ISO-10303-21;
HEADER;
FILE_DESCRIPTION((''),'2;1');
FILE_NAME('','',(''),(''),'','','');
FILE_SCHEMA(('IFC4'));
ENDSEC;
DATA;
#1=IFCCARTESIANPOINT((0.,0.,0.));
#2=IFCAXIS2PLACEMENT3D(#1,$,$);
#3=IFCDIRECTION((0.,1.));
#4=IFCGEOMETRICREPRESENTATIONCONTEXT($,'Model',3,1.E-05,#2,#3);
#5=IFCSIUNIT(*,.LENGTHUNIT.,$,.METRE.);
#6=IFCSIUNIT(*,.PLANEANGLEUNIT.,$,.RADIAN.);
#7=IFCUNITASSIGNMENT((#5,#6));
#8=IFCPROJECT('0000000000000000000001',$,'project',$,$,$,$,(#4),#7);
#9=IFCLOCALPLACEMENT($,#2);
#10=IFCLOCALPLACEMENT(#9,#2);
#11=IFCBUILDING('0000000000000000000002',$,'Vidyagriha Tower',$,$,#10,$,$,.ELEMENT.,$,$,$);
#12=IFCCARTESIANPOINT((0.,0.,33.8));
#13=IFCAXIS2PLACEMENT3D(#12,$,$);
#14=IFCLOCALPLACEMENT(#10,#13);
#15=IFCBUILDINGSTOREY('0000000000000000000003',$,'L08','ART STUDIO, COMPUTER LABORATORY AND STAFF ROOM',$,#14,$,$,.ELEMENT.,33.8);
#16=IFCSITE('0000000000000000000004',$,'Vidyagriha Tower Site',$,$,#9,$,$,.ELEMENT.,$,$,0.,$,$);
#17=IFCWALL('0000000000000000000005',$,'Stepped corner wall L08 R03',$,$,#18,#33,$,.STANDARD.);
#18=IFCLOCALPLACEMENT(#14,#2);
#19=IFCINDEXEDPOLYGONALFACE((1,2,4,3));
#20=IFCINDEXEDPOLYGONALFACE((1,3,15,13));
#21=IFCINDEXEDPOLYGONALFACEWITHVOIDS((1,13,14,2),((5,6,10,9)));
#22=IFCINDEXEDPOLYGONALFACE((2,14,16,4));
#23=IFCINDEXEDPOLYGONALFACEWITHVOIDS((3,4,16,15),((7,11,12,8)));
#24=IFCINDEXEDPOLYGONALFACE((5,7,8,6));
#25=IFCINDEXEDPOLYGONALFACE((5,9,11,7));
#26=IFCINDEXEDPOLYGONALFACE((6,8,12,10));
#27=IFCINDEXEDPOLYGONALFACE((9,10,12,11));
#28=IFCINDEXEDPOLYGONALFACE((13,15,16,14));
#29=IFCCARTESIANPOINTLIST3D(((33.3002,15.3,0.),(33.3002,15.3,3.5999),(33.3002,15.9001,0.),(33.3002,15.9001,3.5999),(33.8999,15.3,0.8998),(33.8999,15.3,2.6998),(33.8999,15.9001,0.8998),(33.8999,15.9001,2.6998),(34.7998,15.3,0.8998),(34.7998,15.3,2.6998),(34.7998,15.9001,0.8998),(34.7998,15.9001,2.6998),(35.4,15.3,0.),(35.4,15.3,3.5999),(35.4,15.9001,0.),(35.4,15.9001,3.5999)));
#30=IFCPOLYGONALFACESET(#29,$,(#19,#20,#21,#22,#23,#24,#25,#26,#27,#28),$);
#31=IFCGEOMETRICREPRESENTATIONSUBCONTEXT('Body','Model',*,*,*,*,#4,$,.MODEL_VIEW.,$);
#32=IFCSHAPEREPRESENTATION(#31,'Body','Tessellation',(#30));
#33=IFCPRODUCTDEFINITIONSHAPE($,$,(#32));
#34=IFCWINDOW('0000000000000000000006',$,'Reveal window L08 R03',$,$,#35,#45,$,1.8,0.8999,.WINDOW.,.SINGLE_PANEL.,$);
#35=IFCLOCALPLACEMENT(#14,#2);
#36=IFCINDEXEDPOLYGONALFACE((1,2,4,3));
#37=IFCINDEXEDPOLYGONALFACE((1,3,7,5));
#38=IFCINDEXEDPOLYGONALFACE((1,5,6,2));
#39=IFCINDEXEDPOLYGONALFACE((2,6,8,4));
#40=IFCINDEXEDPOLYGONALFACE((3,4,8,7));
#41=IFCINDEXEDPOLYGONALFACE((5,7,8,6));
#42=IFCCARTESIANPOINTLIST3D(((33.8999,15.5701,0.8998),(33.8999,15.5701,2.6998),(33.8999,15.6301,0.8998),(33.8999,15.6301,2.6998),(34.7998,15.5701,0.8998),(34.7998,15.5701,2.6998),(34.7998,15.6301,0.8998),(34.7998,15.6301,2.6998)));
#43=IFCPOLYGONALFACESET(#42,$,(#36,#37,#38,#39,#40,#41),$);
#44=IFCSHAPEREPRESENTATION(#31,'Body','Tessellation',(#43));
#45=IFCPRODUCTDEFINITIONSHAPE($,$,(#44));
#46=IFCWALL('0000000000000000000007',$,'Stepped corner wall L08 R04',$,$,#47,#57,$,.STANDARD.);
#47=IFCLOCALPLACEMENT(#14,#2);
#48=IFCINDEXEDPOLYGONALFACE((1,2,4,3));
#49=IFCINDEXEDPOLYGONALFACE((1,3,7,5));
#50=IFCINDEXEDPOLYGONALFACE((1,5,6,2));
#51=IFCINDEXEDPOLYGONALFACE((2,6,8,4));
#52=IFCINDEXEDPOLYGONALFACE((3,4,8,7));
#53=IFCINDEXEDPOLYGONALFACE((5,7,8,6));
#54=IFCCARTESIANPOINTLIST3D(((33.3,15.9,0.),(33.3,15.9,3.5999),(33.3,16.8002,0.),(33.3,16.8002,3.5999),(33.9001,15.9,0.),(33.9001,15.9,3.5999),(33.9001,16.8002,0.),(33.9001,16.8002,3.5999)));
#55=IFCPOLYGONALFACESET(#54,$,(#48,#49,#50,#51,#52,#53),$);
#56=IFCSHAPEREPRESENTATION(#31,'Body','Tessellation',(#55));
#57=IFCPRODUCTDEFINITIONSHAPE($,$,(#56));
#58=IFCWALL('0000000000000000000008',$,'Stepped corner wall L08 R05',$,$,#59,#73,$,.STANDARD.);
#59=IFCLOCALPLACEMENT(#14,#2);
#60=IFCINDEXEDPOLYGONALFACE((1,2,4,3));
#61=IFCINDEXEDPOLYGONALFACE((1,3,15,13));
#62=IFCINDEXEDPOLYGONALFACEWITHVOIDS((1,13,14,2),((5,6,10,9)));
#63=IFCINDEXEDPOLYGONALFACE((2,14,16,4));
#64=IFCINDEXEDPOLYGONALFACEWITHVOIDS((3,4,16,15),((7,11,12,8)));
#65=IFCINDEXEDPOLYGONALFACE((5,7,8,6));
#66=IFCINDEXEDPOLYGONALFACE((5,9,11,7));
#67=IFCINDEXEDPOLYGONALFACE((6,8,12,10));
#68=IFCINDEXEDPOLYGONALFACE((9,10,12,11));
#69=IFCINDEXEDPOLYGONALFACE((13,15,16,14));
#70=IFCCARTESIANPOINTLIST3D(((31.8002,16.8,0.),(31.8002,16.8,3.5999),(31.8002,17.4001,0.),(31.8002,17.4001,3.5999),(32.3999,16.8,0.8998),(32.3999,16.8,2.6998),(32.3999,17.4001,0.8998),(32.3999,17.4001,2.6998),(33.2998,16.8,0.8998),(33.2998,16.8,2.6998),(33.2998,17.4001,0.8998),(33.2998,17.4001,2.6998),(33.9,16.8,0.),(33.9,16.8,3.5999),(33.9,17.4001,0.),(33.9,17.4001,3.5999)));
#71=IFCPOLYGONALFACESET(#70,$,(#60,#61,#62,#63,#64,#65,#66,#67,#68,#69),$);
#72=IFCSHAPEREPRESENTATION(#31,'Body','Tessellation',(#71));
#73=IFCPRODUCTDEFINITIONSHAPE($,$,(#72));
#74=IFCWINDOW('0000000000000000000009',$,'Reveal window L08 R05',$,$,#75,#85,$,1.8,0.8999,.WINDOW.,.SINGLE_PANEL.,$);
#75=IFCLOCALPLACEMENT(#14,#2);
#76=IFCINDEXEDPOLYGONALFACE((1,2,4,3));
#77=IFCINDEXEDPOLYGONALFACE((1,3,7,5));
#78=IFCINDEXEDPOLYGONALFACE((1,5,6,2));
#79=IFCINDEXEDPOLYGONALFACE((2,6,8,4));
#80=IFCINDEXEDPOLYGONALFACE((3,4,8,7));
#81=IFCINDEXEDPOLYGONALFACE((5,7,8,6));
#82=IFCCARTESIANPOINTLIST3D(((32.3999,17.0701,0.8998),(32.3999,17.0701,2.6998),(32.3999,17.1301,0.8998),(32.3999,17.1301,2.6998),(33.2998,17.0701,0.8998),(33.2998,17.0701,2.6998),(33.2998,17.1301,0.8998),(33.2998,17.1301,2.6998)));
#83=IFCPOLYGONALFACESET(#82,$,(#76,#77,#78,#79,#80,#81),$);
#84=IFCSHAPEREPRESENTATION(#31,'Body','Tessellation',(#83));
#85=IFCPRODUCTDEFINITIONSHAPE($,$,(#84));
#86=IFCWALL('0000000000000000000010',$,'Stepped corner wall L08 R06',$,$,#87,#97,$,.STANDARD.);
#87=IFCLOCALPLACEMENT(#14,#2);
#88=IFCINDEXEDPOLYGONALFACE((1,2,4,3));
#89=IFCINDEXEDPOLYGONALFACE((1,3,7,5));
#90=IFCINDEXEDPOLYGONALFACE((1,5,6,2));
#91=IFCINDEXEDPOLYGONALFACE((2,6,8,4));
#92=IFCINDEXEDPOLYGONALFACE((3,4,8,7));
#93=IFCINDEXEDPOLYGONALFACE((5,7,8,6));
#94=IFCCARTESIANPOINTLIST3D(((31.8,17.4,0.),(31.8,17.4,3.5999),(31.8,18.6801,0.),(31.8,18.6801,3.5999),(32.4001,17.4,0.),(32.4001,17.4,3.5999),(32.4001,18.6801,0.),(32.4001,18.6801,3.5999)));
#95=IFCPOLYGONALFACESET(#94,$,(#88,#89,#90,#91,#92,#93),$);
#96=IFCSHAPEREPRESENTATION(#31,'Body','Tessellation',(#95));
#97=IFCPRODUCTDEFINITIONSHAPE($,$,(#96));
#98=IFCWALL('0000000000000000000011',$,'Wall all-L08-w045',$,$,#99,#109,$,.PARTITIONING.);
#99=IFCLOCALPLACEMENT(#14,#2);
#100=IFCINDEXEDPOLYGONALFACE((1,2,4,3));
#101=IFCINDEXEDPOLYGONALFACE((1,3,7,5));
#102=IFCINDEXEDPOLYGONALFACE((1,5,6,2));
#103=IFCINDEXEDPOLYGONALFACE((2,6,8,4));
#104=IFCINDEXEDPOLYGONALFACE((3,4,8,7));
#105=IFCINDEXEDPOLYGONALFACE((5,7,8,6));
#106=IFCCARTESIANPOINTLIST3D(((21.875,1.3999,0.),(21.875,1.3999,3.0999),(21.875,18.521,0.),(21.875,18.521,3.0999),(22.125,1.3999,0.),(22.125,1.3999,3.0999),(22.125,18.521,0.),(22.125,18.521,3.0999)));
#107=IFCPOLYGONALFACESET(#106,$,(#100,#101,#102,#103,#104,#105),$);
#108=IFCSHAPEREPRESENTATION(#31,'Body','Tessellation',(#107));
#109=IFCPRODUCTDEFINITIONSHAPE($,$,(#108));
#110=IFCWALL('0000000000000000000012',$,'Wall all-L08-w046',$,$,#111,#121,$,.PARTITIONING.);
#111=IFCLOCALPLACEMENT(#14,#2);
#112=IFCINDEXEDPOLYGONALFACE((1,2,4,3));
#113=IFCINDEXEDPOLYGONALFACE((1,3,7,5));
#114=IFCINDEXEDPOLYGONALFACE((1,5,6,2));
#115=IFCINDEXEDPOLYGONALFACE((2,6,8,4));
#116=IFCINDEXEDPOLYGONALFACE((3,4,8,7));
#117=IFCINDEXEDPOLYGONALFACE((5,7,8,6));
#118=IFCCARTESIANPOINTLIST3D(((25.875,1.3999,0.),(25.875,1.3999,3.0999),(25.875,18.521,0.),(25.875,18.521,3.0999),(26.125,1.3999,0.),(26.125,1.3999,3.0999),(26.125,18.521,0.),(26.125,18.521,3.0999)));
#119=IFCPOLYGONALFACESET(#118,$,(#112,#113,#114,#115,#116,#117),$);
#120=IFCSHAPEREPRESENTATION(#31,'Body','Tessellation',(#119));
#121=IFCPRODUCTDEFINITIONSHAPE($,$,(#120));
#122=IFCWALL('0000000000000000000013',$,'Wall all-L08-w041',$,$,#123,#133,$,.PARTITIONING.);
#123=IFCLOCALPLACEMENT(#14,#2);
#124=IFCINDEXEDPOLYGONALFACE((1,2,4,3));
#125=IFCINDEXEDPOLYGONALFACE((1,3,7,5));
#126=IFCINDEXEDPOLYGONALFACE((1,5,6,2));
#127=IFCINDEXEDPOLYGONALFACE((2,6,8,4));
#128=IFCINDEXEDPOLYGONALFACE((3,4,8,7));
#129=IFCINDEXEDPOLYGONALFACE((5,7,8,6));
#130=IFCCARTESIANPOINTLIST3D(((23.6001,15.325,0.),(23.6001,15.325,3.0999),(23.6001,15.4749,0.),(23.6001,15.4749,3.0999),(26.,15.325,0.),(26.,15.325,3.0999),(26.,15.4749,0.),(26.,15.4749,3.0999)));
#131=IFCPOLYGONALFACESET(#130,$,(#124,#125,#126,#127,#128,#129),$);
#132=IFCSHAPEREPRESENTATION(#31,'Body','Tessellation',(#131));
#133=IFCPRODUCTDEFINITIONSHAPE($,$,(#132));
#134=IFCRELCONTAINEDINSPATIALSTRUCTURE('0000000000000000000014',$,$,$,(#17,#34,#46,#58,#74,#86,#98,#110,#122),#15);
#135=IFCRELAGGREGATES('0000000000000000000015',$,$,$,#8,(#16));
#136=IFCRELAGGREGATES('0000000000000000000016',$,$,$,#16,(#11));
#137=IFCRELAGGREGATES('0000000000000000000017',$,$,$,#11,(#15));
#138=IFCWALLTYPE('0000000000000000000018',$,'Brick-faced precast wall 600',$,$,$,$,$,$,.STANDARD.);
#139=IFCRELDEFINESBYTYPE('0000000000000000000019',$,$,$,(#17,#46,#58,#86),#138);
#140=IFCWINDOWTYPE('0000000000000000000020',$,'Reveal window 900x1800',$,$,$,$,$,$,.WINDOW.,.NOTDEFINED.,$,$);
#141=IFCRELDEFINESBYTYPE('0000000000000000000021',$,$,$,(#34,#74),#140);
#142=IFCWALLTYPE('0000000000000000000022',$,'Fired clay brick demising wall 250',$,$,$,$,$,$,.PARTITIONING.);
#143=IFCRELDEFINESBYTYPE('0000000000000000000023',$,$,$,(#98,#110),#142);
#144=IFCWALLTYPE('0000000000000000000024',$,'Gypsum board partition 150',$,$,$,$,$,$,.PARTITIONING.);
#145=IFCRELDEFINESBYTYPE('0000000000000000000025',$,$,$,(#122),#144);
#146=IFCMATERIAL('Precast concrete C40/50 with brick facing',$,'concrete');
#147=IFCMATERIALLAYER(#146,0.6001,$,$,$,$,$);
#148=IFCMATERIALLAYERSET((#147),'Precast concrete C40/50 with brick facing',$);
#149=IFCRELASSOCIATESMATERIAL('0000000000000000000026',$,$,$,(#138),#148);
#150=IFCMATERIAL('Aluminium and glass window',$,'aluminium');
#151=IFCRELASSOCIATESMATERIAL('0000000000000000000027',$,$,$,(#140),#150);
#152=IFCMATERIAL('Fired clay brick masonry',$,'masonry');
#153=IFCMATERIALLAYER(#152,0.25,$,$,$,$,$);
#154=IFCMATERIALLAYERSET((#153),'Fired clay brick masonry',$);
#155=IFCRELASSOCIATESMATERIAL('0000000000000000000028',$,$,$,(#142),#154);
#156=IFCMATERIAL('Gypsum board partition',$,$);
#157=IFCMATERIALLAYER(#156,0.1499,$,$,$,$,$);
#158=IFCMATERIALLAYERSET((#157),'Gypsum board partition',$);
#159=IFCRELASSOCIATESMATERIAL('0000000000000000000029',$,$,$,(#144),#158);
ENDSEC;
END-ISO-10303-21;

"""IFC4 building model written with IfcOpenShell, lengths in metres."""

from ifc_helpers import new_model, si_unit, direction, frame, frame_2d, origin, place, context, subcontext, project, spatial, rectangle, extrude, material, layer, layer_set, type_object, element, fill, save


model = new_model("IFC4")

# Units and contexts
model_context = context("Model", 3, precision=1e-05, world=origin(), true_north=direction((0.0, 1.0)))
body_context = subcontext(model_context, "Body", "Model", "MODEL_VIEW")
ifc_project = project(units=[si_unit("LENGTHUNIT", "METRE"), si_unit("PLANEANGLEUNIT", "RADIAN")], contexts=[model_context])

# Site, building, storey
site_placement = place(None, origin())
site = spatial("IfcSite", under=ifc_project, at=site_placement, Name="Vidyagriha Tower Site", CompositionType="ELEMENT", RefElevation=0.0)
building_placement = place(site_placement, origin())
building = spatial("IfcBuilding", under=site, at=building_placement, Name="Vidyagriha Tower", CompositionType="ELEMENT")
storey_placement = place(building_placement, frame((0.0, 0.0, 33.8)))
storey = spatial("IfcBuildingStorey", under=building, at=storey_placement, Name="L08", Description="ART STUDIO, COMPUTER LABORATORY AND STAFF ROOM", CompositionType="ELEMENT", Elevation=33.8)

# Wall, opening, window
ifc_material_1 = material(Name="Precast concrete C40/50 with brick facing", Category="concrete")
ifc_layer_1 = layer(ifc_material_1, 0.6001)
ifc_layer_set_1 = layer_set([ifc_layer_1], Name="Precast concrete C40/50 with brick facing")
wall_type_1 = type_object("IfcWallType", Name="Brick-faced precast wall 600", PredefinedType="STANDARD", material=ifc_layer_set_1)
wall_1_placement = place(storey_placement, frame((35.3999, 15.6001, 0.0), z_axis=(0.0, 0.0, 1.0), x_axis=(-1.0, 0.0, 0.0)))
wall_1 = element("IfcWall", 1, at=wall_1_placement, inside=storey, type_object=wall_type_1, Name="Stepped corner wall L08 R03", PredefinedType="STANDARD", context=body_context, shape_type="SweptSolid", body=[
    extrude(rectangle(XDim=2.0999, YDim=0.6001, at=frame_2d((1.0498, 0.0))), origin(), (0.0, 0.0, 1.0), 3.5999),
])
opening_1_placement = place(wall_1_placement, frame((0.6001, 0.0, 0.8999)))
opening_1 = element("IfcOpeningElement", 2, at=opening_1_placement, cuts=wall_1, PredefinedType="OPENING", context=body_context, shape_type="SweptSolid", body=[
    extrude(rectangle(XDim=0.8999, YDim=1.8, at=frame_2d((0.45, 0.8999))), frame((0.0, 0.3101, 0.0), z_axis=(0.0, -1.0, 0.0), x_axis=(1.0, 0.0, 0.0)), (0.0, 0.0, 1.0), 0.6201),
])
ifc_material_2 = material(Name="Aluminium and glass window", Category="aluminium")
window_type = type_object("IfcWindowType", Name="Reveal window 900x1800", PartitioningType="NOTDEFINED", PredefinedType="WINDOW", material=ifc_material_2)
window_1_placement = place(opening_1_placement, origin())
window_1 = element("IfcWindow", 3, at=window_1_placement, inside=storey, type_object=window_type, Name="Reveal window L08 R03", OverallHeight=1.8, OverallWidth=0.8999, PartitioningType="SINGLE_PANEL", PredefinedType="WINDOW", context=body_context, shape_type="SweptSolid", body=[
    extrude(rectangle(XDim=0.8999, YDim=1.8, at=frame_2d((0.45, 0.8999))), frame((0.0, 0.03, 0.0), z_axis=(0.0, -1.0, 0.0), x_axis=(1.0, 0.0, 0.0)), (0.0, 0.0, 1.0), 0.0601),
])
fill(opening_1, window_1)

# Wall
wall_2_placement = place(storey_placement, frame((33.6001, 15.8999, 0.0), z_axis=(0.0, 0.0, 1.0), x_axis=(0.0, 1.0, 0.0)))
element("IfcWall", 4, at=wall_2_placement, inside=storey, type_object=wall_type_1, Name="Stepped corner wall L08 R04", PredefinedType="STANDARD", context=body_context, shape_type="SweptSolid", body=[
    extrude(rectangle(XDim=0.9001, YDim=0.6001, at=frame_2d((0.4502, 0.0))), origin(), (0.0, 0.0, 1.0), 3.5999),
])

# Wall, opening, window
wall_3_placement = place(storey_placement, frame((33.8999, 17.1001, 0.0), z_axis=(0.0, 0.0, 1.0), x_axis=(-1.0, 0.0, 0.0)))
wall_3 = element("IfcWall", 5, at=wall_3_placement, inside=storey, type_object=wall_type_1, Name="Stepped corner wall L08 R05", PredefinedType="STANDARD", context=body_context, shape_type="SweptSolid", body=[
    extrude(rectangle(XDim=2.0999, YDim=0.6001, at=frame_2d((1.0498, 0.0))), origin(), (0.0, 0.0, 1.0), 3.5999),
])
opening_2_placement = place(wall_3_placement, frame((0.6001, 0.0, 0.8999)))
opening_2 = element("IfcOpeningElement", 6, at=opening_2_placement, cuts=wall_3, PredefinedType="OPENING", context=body_context, shape_type="SweptSolid", body=[
    extrude(rectangle(XDim=0.8999, YDim=1.8, at=frame_2d((0.45, 0.8999))), frame((0.0, 0.3101, 0.0), z_axis=(0.0, -1.0, 0.0), x_axis=(1.0, 0.0, 0.0)), (0.0, 0.0, 1.0), 0.6201),
])
window_2_placement = place(opening_2_placement, origin())
window_2 = element("IfcWindow", 7, at=window_2_placement, inside=storey, type_object=window_type, Name="Reveal window L08 R05", OverallHeight=1.8, OverallWidth=0.8999, PartitioningType="SINGLE_PANEL", PredefinedType="WINDOW", context=body_context, shape_type="SweptSolid", body=[
    extrude(rectangle(XDim=0.8999, YDim=1.8, at=frame_2d((0.45, 0.8999))), frame((0.0, 0.03, 0.0), z_axis=(0.0, -1.0, 0.0), x_axis=(1.0, 0.0, 0.0)), (0.0, 0.0, 1.0), 0.0601),
])
fill(opening_2, window_2)

# Walls
wall_4_placement = place(storey_placement, frame((32.1001, 17.3999, 0.0), z_axis=(0.0, 0.0, 1.0), x_axis=(0.0, 1.0, 0.0)))
element("IfcWall", 8, at=wall_4_placement, inside=storey, type_object=wall_type_1, Name="Stepped corner wall L08 R06", PredefinedType="STANDARD", context=body_context, shape_type="SweptSolid", body=[
    extrude(rectangle(XDim=1.28, YDim=0.6001, at=frame_2d((0.6401, 0.0))), origin(), (0.0, 0.0, 1.0), 3.5999),
])
ifc_material_3 = material(Name="Fired clay brick masonry", Category="masonry")
ifc_layer_2 = layer(ifc_material_3, 0.25)
ifc_layer_set_2 = layer_set([ifc_layer_2], Name="Fired clay brick masonry")
wall_type_2 = type_object("IfcWallType", Name="Fired clay brick demising wall 250", PredefinedType="PARTITIONING", material=ifc_layer_set_2)
for number, where, z_axis, x_axis, name in (
    (9, (22.0, 18.521, 0.0), (0.0, 0.0, 1.0), (0.0, -1.0, 0.0), "Wall all-L08-w045"),
    (10, (26.0, 18.521, 0.0), (0.0, 0.0, 1.0), (0.0, -1.0, 0.0), "Wall all-L08-w046"),
):
    element("IfcWall", number, at=place(storey_placement, frame(where, z_axis=z_axis, x_axis=x_axis)), inside=storey, type_object=wall_type_2, Name=name, PredefinedType="PARTITIONING", context=body_context, shape_type="SweptSolid", body=[
        extrude(rectangle(XDim=17.1211, YDim=0.25, at=frame_2d((8.5605, 0.0))), origin(), (0.0, 0.0, 1.0), 3.0999),
    ])
ifc_material_4 = material(Name="Gypsum board partition")
ifc_layer_3 = layer(ifc_material_4, 0.1499)
ifc_layer_set_3 = layer_set([ifc_layer_3], Name="Gypsum board partition")
wall_type_3 = type_object("IfcWallType", Name="Gypsum board partition 150", PredefinedType="PARTITIONING", material=ifc_layer_set_3)
wall_5_placement = place(storey_placement, frame((23.6001, 15.3999, 0.0)))
element("IfcWall", 11, at=wall_5_placement, inside=storey, type_object=wall_type_3, Name="Wall all-L08-w041", PredefinedType="PARTITIONING", context=body_context, shape_type="SweptSolid", body=[
    extrude(rectangle(XDim=2.3999, YDim=0.1499, at=frame_2d((1.2, 0.0))), origin(), (0.0, 0.0, 1.0), 3.0999),
])

save(model, "model.ifc")
